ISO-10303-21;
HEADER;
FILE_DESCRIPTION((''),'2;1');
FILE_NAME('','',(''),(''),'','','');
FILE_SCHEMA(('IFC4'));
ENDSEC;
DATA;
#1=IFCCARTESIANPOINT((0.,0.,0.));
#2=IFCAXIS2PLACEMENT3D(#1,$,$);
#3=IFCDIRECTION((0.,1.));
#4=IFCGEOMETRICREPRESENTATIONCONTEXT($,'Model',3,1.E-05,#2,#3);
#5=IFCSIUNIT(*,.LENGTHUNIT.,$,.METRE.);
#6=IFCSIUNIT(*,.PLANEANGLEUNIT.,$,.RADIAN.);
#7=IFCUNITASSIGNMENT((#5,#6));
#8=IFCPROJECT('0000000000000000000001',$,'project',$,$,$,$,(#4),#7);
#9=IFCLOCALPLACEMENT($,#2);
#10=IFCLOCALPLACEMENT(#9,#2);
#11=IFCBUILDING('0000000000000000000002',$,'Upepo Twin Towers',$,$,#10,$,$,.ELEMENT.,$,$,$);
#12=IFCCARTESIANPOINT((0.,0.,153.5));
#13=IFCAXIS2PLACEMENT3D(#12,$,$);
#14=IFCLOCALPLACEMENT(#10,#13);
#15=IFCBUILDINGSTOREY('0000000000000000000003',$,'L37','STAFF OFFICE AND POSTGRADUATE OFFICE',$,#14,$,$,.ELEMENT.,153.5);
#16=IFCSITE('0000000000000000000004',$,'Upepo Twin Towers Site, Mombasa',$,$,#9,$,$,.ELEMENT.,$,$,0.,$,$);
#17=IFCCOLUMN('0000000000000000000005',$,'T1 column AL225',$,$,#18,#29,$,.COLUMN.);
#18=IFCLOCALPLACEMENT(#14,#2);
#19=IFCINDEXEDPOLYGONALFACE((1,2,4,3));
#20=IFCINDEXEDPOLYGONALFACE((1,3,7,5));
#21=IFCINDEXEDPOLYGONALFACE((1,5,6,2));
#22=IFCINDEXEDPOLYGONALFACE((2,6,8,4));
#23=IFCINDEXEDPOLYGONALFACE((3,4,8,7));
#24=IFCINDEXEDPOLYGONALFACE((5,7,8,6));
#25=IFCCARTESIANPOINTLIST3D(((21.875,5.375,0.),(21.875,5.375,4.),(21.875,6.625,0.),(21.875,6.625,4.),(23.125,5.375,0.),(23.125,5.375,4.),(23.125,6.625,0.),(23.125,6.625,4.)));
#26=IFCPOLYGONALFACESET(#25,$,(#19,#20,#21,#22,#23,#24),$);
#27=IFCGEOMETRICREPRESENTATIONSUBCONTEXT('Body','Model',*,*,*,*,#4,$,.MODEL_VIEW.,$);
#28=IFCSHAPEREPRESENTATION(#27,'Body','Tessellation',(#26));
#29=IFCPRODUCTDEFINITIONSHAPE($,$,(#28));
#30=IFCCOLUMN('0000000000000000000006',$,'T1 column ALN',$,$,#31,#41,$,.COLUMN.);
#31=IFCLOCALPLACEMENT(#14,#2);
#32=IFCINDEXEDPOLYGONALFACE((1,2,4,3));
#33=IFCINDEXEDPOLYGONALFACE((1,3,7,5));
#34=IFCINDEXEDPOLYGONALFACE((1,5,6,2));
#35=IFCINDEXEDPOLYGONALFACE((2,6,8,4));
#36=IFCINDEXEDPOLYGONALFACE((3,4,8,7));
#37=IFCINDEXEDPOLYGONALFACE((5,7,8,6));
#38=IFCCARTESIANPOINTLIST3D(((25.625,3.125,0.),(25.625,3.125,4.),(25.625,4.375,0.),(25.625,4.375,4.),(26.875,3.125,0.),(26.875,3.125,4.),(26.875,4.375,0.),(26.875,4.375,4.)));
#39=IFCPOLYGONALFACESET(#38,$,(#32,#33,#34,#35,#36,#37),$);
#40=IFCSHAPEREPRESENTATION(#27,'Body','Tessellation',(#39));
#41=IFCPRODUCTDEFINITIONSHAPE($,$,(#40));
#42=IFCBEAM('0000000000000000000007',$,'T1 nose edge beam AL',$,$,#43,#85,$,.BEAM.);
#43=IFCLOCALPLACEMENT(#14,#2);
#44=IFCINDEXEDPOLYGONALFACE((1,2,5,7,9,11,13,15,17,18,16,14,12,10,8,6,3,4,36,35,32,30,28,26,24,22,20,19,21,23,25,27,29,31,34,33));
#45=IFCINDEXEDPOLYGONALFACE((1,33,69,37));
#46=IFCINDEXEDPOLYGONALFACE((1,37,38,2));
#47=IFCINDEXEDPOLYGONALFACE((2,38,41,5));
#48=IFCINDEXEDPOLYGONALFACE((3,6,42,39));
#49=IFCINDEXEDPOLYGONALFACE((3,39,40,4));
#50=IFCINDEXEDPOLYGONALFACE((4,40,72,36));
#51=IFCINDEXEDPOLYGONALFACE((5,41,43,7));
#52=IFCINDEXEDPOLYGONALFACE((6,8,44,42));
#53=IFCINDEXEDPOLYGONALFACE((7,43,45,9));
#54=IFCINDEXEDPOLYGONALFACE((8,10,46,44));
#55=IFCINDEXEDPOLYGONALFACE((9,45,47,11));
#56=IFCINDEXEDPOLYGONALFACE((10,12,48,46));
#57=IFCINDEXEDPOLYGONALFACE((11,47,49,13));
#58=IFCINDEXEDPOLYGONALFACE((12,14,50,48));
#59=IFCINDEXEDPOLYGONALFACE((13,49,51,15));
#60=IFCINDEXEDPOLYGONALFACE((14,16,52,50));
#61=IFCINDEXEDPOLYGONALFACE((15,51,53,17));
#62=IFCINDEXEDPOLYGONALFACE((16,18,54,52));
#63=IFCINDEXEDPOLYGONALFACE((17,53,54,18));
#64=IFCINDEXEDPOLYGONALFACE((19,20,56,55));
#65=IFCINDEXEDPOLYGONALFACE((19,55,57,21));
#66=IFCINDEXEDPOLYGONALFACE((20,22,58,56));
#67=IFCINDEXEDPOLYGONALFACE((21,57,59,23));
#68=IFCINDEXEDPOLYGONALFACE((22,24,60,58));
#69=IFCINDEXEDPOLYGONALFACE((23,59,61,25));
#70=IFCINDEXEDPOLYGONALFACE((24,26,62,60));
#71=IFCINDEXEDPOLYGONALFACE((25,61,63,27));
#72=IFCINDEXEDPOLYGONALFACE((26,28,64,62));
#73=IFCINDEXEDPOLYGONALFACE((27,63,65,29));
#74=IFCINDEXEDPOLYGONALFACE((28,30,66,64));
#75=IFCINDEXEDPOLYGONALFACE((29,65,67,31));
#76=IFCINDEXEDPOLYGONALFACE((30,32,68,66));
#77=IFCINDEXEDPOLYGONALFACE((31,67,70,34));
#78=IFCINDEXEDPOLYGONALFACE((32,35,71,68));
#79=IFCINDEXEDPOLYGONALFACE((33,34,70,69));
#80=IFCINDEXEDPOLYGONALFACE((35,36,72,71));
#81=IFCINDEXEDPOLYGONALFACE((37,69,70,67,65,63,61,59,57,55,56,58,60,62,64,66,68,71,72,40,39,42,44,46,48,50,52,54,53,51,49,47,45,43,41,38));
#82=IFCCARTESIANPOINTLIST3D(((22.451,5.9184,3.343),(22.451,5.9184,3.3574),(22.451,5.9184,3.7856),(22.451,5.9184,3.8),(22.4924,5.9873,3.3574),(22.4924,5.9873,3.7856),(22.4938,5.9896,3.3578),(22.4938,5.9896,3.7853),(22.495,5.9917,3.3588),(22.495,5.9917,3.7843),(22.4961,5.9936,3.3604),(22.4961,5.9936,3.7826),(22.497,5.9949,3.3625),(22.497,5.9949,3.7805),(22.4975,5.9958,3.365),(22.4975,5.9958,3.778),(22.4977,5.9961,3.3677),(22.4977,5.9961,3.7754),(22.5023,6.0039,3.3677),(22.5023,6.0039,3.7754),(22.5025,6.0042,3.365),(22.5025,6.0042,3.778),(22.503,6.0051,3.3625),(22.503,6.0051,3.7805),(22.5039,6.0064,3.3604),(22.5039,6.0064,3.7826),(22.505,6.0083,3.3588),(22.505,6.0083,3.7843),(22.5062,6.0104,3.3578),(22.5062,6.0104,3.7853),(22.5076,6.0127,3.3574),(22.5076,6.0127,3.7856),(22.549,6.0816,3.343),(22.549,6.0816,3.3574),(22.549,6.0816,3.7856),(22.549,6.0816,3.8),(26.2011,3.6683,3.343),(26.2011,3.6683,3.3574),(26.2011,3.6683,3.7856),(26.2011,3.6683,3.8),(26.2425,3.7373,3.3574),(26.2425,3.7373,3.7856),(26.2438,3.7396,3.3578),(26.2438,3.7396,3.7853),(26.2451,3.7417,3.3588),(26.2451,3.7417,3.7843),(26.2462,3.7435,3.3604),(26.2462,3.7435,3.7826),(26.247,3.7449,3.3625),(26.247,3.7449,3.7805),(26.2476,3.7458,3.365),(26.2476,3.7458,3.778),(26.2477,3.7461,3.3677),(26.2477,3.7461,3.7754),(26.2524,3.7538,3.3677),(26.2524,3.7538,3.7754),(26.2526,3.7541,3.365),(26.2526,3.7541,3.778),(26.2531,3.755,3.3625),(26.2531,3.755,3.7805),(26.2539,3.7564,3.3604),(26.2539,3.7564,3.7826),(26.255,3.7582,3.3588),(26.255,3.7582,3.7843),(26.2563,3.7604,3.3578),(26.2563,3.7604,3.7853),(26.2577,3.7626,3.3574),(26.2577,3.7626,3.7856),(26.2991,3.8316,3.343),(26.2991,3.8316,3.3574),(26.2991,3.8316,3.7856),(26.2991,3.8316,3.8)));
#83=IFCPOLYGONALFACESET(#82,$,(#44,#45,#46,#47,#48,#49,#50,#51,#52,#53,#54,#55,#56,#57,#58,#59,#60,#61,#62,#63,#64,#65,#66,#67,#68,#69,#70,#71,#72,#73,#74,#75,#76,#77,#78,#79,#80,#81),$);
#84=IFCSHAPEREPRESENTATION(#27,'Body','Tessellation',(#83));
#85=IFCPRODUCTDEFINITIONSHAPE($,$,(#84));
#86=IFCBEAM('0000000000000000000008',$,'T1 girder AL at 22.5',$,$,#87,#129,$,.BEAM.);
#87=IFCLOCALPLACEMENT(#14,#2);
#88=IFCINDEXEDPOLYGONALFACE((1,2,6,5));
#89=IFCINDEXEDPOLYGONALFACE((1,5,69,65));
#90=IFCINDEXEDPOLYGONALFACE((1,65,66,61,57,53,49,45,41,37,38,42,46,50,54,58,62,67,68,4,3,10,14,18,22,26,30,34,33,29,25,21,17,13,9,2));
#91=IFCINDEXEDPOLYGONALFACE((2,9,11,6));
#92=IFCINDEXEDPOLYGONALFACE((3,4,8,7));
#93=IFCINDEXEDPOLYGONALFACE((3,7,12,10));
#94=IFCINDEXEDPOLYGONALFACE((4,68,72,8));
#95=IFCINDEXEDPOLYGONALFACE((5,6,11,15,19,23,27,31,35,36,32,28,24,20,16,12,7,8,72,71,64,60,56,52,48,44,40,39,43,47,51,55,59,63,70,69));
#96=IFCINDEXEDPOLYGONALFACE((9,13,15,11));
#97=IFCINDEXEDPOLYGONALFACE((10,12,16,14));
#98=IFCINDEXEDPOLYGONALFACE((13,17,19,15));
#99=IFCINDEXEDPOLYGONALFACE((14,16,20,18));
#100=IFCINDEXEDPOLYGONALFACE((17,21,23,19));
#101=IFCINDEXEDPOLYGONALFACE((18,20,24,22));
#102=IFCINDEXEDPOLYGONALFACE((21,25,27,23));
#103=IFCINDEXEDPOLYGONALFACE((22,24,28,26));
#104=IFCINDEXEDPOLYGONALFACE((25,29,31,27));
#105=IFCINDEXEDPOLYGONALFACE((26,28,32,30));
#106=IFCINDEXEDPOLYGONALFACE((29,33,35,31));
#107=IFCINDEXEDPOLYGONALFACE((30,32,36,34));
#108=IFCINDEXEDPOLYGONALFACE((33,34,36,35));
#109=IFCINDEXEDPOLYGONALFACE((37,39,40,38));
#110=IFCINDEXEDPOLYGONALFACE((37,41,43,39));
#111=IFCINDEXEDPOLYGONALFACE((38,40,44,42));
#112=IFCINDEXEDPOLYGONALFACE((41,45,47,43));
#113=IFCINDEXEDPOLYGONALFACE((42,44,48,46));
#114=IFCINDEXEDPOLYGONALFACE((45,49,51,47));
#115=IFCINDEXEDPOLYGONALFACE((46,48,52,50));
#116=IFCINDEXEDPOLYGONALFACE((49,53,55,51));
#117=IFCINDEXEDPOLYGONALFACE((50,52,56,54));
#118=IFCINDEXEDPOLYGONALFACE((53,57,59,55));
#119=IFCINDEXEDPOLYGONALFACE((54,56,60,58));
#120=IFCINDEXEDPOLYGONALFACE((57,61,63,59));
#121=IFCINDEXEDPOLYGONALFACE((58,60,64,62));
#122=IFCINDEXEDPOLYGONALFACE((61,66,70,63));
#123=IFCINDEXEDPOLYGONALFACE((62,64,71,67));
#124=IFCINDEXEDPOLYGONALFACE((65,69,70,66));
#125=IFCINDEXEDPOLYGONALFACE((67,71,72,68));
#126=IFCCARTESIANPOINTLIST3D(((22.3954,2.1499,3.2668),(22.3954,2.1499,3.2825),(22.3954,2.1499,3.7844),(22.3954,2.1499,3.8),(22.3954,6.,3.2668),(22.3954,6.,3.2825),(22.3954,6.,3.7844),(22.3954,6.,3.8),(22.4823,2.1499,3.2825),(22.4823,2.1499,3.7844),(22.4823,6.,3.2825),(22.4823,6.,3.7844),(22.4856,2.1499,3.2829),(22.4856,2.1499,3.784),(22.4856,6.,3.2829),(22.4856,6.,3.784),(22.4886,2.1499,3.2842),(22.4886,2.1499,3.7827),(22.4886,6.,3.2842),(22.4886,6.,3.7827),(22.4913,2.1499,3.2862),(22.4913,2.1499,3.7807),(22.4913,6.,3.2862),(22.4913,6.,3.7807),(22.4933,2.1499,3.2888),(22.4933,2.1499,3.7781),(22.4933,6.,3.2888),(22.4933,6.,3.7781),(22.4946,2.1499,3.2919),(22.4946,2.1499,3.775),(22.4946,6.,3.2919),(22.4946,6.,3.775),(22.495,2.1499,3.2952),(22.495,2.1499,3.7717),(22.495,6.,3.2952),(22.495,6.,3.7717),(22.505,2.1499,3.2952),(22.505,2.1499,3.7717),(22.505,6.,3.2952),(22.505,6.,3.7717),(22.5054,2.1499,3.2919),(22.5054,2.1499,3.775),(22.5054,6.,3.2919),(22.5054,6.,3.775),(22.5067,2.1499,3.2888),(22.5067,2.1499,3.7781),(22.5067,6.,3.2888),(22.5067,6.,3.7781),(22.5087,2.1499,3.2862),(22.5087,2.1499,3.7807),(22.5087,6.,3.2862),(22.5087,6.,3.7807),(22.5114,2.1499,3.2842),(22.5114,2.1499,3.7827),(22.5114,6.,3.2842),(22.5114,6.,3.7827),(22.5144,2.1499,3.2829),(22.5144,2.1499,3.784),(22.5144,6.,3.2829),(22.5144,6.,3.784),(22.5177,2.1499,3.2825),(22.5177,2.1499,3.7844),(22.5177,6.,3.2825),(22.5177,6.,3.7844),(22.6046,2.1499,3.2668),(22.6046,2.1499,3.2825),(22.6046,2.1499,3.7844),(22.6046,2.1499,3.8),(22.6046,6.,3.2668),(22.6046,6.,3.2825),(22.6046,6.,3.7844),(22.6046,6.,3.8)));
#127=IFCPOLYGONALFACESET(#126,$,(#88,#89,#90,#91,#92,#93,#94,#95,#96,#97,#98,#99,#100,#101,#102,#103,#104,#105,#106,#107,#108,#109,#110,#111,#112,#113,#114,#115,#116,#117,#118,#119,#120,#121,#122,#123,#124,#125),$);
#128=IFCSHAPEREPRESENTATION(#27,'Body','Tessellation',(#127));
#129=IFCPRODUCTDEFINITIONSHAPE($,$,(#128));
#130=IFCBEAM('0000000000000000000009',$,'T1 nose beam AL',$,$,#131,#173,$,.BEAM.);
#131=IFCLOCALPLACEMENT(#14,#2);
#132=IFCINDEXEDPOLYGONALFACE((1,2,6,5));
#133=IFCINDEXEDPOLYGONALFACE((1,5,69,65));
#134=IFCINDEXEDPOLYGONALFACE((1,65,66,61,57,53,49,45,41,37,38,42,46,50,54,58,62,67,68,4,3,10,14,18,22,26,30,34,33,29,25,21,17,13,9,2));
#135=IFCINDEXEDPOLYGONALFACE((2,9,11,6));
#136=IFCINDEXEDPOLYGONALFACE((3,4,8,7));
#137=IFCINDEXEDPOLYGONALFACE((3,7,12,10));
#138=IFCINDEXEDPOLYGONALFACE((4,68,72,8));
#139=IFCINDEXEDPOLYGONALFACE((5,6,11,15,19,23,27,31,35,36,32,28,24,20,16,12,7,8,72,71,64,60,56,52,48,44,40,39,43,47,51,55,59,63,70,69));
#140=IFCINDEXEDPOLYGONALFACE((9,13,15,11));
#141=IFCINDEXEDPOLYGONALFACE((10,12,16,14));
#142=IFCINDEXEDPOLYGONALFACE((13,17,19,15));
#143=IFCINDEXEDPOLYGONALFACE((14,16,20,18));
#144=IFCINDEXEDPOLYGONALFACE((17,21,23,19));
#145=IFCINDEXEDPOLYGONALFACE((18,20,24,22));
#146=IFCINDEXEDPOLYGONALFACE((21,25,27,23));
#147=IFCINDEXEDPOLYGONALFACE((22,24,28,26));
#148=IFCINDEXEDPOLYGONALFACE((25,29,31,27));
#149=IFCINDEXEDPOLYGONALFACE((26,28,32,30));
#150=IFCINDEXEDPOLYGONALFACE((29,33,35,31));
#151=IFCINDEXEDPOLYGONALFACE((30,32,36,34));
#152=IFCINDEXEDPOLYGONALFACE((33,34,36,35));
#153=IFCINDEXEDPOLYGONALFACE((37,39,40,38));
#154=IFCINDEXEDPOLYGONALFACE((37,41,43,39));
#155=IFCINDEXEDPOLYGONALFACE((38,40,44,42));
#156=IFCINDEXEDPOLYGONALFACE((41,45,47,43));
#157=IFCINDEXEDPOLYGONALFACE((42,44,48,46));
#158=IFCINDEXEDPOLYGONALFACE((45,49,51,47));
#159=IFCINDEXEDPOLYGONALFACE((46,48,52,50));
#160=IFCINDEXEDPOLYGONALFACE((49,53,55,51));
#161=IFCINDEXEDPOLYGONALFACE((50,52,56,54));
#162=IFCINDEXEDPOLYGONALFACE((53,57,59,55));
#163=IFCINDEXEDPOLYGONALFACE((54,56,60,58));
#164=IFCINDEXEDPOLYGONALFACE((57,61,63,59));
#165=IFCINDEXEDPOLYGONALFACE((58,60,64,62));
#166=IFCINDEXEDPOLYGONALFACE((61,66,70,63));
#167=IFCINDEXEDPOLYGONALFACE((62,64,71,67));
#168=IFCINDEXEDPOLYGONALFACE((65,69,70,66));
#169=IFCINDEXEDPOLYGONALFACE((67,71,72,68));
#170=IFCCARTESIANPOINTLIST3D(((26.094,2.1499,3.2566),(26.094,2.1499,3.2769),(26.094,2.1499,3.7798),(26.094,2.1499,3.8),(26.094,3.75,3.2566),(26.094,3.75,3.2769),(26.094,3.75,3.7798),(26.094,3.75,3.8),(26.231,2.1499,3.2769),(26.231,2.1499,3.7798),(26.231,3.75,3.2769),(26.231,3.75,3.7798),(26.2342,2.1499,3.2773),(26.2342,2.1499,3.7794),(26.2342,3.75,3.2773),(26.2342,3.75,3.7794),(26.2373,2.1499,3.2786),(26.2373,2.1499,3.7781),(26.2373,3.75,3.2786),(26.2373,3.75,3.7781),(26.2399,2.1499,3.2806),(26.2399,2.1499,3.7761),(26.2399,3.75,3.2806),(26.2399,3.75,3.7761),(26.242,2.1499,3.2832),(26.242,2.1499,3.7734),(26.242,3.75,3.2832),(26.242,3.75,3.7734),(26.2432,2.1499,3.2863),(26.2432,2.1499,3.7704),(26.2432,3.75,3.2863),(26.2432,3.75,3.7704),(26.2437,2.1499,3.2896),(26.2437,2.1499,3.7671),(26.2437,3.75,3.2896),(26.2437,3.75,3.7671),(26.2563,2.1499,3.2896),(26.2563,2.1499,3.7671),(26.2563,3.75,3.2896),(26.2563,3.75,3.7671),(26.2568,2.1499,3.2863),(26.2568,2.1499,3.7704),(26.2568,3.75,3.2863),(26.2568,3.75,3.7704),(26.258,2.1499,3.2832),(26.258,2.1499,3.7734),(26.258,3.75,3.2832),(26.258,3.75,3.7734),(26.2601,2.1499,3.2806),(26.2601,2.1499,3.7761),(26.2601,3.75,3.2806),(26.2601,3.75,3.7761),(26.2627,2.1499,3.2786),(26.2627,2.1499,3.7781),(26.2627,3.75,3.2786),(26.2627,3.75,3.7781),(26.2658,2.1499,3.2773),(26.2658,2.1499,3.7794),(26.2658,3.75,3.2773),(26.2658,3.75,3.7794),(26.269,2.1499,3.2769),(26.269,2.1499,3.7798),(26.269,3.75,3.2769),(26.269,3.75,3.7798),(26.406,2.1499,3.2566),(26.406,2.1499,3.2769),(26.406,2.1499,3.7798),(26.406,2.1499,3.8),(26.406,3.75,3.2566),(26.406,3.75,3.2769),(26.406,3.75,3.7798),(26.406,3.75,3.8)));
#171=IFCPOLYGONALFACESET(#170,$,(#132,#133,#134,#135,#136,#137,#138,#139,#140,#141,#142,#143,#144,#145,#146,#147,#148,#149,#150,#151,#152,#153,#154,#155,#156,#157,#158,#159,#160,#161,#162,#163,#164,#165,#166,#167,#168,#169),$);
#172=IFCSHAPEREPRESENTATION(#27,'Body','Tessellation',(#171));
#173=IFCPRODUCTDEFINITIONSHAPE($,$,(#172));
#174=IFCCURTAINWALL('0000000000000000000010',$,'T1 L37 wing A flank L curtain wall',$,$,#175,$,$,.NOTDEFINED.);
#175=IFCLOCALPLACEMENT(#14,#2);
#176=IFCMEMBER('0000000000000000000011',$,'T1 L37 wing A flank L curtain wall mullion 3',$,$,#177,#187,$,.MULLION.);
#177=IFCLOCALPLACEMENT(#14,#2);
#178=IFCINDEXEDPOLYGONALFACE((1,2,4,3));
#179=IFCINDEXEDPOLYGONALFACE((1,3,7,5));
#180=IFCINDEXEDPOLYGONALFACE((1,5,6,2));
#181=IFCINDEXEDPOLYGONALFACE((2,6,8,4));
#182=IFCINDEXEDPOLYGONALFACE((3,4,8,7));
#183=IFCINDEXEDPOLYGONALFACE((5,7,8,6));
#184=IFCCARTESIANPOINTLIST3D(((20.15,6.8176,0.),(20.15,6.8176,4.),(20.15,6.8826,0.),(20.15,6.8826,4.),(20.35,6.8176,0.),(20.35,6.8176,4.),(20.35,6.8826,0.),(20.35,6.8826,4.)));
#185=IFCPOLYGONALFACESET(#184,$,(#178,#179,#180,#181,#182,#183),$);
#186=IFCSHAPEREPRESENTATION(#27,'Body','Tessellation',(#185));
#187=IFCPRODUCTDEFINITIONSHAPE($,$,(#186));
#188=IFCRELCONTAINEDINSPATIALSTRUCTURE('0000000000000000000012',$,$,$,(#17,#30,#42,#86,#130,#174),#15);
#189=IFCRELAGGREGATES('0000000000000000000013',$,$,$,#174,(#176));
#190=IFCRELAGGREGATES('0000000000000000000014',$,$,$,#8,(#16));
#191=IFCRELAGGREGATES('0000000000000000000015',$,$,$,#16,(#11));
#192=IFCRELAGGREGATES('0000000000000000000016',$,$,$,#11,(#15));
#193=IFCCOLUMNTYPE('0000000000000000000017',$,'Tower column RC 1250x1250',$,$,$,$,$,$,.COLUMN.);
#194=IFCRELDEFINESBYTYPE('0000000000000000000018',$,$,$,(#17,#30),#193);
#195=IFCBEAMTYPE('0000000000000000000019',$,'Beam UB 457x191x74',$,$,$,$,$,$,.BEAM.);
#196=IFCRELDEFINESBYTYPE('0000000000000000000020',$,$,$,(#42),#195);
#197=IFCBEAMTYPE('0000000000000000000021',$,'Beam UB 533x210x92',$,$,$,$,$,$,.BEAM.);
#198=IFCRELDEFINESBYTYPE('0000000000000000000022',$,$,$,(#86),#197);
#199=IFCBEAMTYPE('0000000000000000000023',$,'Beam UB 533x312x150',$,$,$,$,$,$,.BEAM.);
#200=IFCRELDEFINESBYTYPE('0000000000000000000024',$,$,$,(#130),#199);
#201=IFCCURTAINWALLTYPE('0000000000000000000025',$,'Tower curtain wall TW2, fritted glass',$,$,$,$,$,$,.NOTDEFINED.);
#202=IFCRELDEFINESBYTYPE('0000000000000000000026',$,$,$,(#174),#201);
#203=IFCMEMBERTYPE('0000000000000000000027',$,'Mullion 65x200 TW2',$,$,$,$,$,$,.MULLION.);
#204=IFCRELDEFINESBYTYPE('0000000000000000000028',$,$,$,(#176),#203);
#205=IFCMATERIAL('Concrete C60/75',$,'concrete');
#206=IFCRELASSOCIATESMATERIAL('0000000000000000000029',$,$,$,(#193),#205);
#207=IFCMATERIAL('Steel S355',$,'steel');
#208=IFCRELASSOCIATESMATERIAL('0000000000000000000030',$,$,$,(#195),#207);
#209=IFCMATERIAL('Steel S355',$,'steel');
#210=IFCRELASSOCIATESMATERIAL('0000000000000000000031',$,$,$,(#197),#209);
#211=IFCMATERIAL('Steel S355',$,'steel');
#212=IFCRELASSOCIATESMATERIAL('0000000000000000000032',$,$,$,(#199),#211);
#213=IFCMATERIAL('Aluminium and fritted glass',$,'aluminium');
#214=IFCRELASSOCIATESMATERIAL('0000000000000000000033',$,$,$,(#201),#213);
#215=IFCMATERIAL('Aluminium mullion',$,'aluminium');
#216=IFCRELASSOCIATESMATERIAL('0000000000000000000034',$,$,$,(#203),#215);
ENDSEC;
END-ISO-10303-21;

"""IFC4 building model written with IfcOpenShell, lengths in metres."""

from ifc_helpers import new_model, si_unit, direction, frame, origin, origin_2d, place, context, subcontext, project, spatial, rectangle, i_section, extrude, material, material_profile, profile_set, type_object, element, aggregate, save


model = new_model("IFC4")

# Units and contexts
model_context = context("Model", 3, precision=1e-05, world=origin(), true_north=direction((0.0, 1.0)))
body_context = subcontext(model_context, "Body", "Model", "MODEL_VIEW")
ifc_project = project(units=[si_unit("LENGTHUNIT", "METRE"), si_unit("PLANEANGLEUNIT", "RADIAN")], contexts=[model_context])

# Site, building, storey
site_placement = place(None, origin())
site = spatial("IfcSite", under=ifc_project, at=site_placement, Name="Upepo Twin Towers Site, Mombasa", CompositionType="ELEMENT", RefElevation=0.0)
building_placement = place(site_placement, origin())
building = spatial("IfcBuilding", under=site, at=building_placement, Name="Upepo Twin Towers", CompositionType="ELEMENT")
storey_placement = place(building_placement, frame((0.0, 0.0, 153.5)))
storey = spatial("IfcBuildingStorey", under=building, at=storey_placement, Name="L37", Description="STAFF OFFICE AND POSTGRADUATE OFFICE", CompositionType="ELEMENT", Elevation=153.5)

# Columns
ifc_material_1 = material(Name="Concrete C60/75", Category="concrete")
ifc_material_profile_1 = material_profile(ifc_material_1, rectangle(XDim=1.25, YDim=1.25, at=origin_2d()), Name="RC 1250x1250")
ifc_profile_set_1 = profile_set([ifc_material_profile_1], Name="Concrete C60/75")
column_type = type_object("IfcColumnType", Name="Tower column RC 1250x1250", PredefinedType="COLUMN", material=ifc_profile_set_1)
for number, where, z_axis, x_axis, name in (
    (1, (22.5, 6.0, 0.0), (0.0, 0.0, 1.0), (1.0, 0.0, 0.0), "T1 column AL225"),
    (2, (26.25, 3.75, 0.0), (0.0, 0.0, 1.0), (1.0, 0.0, 0.0), "T1 column ALN"),
):
    element("IfcColumn", number, at=place(storey_placement, frame(where, z_axis=z_axis, x_axis=x_axis)), inside=storey, type_object=column_type, Name=name, PredefinedType="COLUMN", context=body_context, shape_type="SweptSolid", body=[
        extrude(rectangle(XDim=1.25, YDim=1.25, at=origin_2d()), origin(), (0.0, 0.0, 1.0), 4.0),
    ])

# Beams
ifc_material_2 = material(Name="Steel S355", Category="steel")
ifc_material_profile_2 = material_profile(ifc_material_2, i_section(OverallWidth=0.1904, OverallDepth=0.457, WebThickness=0.009, FlangeThickness=0.0144, FilletRadius=0.0103, at=origin_2d()), Name="UB 457x191x74")
ifc_profile_set_2 = profile_set([ifc_material_profile_2], Name="Steel S355")
beam_type_1 = type_object("IfcBeamType", Name="Beam UB 457x191x74", PredefinedType="BEAM", material=ifc_profile_set_2)
beam_1_placement = place(storey_placement, frame((22.5, 6.0, 3.5715), z_axis=(0.857493, -0.514496, 0.0), x_axis=(0.514496, 0.857493, 0.0)))
element("IfcBeam", 3, at=beam_1_placement, inside=storey, type_object=beam_type_1, Name="T1 nose edge beam AL", PredefinedType="BEAM", context=body_context, shape_type="SweptSolid", body=[
    extrude(i_section(OverallWidth=0.1904, OverallDepth=0.457, WebThickness=0.009, FlangeThickness=0.0144, FilletRadius=0.0103, at=origin_2d()), origin(), (0.0, 0.0, 1.0), 4.3733),
])
ifc_material_3 = material(Name="Steel S355", Category="steel")
ifc_material_profile_3 = material_profile(ifc_material_3, i_section(OverallWidth=0.2092, OverallDepth=0.5332, WebThickness=0.01, FlangeThickness=0.0156, FilletRadius=0.0127, at=origin_2d()), Name="UB 533x210x92")
ifc_profile_set_3 = profile_set([ifc_material_profile_3], Name="Steel S355")
beam_type_2 = type_object("IfcBeamType", Name="Beam UB 533x210x92", PredefinedType="BEAM", material=ifc_profile_set_3)
beam_2_placement = place(storey_placement, frame((22.5, 6.0, 3.5334), z_axis=(0.0, -1.0, 0.0), x_axis=(1.0, 0.0, 0.0)))
element("IfcBeam", 4, at=beam_2_placement, inside=storey, type_object=beam_type_2, Name="T1 girder AL at 22.5", PredefinedType="BEAM", context=body_context, shape_type="SweptSolid", body=[
    extrude(i_section(OverallWidth=0.2092, OverallDepth=0.5332, WebThickness=0.01, FlangeThickness=0.0156, FilletRadius=0.0127, at=origin_2d()), origin(), (0.0, 0.0, 1.0), 3.8501),
])
ifc_material_4 = material(Name="Steel S355", Category="steel")
ifc_material_profile_4 = material_profile(ifc_material_4, i_section(OverallWidth=0.312, OverallDepth=0.5435, WebThickness=0.0127, FlangeThickness=0.0203, FilletRadius=0.0127, at=origin_2d()), Name="UB 533x312x150")
ifc_profile_set_4 = profile_set([ifc_material_profile_4], Name="Steel S355")
beam_type_3 = type_object("IfcBeamType", Name="Beam UB 533x312x150", PredefinedType="BEAM", material=ifc_profile_set_4)
beam_3_placement = place(storey_placement, frame((26.25, 3.75, 3.5283), z_axis=(0.0, -1.0, 0.0), x_axis=(1.0, 0.0, 0.0)))
element("IfcBeam", 5, at=beam_3_placement, inside=storey, type_object=beam_type_3, Name="T1 nose beam AL", PredefinedType="BEAM", context=body_context, shape_type="SweptSolid", body=[
    extrude(i_section(OverallWidth=0.312, OverallDepth=0.5435, WebThickness=0.0127, FlangeThickness=0.0203, FilletRadius=0.0127, at=origin_2d()), origin(), (0.0, 0.0, 1.0), 1.6001),
])

# Curtain wall, member
ifc_material_5 = material(Name="Aluminium and fritted glass", Category="aluminium")
curtain_wall_type = type_object("IfcCurtainWallType", Name="Tower curtain wall TW2, fritted glass", PredefinedType="NOTDEFINED", material=ifc_material_5)
curtain_wall_1_placement = place(storey_placement, origin())
curtain_wall_1 = element("IfcCurtainWall", 6, at=curtain_wall_1_placement, inside=storey, type_object=curtain_wall_type, Name="T1 L37 wing A flank L curtain wall", PredefinedType="NOTDEFINED")
ifc_material_6 = material(Name="Aluminium mullion", Category="aluminium")
ifc_material_profile_5 = material_profile(ifc_material_6, rectangle(XDim=0.0649, YDim=0.2, at=origin_2d()), Name="MULLION 65x200")
ifc_profile_set_5 = profile_set([ifc_material_profile_5], Name="Aluminium mullion")
member_type_1 = type_object("IfcMemberType", Name="Mullion 65x200 TW2", PredefinedType="MULLION", material=ifc_profile_set_5)
member_1_placement = place(storey_placement, frame((20.25, 6.8501, 0.0), z_axis=(0.0, 0.0, 1.0), x_axis=(0.0, 1.0, 0.0)))
member_1 = element("IfcMember", 7, at=member_1_placement, type_object=member_type_1, Name="T1 L37 wing A flank L curtain wall mullion 3", PredefinedType="MULLION", context=body_context, shape_type="SweptSolid", body=[
    extrude(rectangle(XDim=0.0649, YDim=0.2, at=origin_2d()), origin(), (0.0, 0.0, 1.0), 4.0),
])

aggregate(curtain_wall_1, [member_1])

save(model, "model.ifc")
